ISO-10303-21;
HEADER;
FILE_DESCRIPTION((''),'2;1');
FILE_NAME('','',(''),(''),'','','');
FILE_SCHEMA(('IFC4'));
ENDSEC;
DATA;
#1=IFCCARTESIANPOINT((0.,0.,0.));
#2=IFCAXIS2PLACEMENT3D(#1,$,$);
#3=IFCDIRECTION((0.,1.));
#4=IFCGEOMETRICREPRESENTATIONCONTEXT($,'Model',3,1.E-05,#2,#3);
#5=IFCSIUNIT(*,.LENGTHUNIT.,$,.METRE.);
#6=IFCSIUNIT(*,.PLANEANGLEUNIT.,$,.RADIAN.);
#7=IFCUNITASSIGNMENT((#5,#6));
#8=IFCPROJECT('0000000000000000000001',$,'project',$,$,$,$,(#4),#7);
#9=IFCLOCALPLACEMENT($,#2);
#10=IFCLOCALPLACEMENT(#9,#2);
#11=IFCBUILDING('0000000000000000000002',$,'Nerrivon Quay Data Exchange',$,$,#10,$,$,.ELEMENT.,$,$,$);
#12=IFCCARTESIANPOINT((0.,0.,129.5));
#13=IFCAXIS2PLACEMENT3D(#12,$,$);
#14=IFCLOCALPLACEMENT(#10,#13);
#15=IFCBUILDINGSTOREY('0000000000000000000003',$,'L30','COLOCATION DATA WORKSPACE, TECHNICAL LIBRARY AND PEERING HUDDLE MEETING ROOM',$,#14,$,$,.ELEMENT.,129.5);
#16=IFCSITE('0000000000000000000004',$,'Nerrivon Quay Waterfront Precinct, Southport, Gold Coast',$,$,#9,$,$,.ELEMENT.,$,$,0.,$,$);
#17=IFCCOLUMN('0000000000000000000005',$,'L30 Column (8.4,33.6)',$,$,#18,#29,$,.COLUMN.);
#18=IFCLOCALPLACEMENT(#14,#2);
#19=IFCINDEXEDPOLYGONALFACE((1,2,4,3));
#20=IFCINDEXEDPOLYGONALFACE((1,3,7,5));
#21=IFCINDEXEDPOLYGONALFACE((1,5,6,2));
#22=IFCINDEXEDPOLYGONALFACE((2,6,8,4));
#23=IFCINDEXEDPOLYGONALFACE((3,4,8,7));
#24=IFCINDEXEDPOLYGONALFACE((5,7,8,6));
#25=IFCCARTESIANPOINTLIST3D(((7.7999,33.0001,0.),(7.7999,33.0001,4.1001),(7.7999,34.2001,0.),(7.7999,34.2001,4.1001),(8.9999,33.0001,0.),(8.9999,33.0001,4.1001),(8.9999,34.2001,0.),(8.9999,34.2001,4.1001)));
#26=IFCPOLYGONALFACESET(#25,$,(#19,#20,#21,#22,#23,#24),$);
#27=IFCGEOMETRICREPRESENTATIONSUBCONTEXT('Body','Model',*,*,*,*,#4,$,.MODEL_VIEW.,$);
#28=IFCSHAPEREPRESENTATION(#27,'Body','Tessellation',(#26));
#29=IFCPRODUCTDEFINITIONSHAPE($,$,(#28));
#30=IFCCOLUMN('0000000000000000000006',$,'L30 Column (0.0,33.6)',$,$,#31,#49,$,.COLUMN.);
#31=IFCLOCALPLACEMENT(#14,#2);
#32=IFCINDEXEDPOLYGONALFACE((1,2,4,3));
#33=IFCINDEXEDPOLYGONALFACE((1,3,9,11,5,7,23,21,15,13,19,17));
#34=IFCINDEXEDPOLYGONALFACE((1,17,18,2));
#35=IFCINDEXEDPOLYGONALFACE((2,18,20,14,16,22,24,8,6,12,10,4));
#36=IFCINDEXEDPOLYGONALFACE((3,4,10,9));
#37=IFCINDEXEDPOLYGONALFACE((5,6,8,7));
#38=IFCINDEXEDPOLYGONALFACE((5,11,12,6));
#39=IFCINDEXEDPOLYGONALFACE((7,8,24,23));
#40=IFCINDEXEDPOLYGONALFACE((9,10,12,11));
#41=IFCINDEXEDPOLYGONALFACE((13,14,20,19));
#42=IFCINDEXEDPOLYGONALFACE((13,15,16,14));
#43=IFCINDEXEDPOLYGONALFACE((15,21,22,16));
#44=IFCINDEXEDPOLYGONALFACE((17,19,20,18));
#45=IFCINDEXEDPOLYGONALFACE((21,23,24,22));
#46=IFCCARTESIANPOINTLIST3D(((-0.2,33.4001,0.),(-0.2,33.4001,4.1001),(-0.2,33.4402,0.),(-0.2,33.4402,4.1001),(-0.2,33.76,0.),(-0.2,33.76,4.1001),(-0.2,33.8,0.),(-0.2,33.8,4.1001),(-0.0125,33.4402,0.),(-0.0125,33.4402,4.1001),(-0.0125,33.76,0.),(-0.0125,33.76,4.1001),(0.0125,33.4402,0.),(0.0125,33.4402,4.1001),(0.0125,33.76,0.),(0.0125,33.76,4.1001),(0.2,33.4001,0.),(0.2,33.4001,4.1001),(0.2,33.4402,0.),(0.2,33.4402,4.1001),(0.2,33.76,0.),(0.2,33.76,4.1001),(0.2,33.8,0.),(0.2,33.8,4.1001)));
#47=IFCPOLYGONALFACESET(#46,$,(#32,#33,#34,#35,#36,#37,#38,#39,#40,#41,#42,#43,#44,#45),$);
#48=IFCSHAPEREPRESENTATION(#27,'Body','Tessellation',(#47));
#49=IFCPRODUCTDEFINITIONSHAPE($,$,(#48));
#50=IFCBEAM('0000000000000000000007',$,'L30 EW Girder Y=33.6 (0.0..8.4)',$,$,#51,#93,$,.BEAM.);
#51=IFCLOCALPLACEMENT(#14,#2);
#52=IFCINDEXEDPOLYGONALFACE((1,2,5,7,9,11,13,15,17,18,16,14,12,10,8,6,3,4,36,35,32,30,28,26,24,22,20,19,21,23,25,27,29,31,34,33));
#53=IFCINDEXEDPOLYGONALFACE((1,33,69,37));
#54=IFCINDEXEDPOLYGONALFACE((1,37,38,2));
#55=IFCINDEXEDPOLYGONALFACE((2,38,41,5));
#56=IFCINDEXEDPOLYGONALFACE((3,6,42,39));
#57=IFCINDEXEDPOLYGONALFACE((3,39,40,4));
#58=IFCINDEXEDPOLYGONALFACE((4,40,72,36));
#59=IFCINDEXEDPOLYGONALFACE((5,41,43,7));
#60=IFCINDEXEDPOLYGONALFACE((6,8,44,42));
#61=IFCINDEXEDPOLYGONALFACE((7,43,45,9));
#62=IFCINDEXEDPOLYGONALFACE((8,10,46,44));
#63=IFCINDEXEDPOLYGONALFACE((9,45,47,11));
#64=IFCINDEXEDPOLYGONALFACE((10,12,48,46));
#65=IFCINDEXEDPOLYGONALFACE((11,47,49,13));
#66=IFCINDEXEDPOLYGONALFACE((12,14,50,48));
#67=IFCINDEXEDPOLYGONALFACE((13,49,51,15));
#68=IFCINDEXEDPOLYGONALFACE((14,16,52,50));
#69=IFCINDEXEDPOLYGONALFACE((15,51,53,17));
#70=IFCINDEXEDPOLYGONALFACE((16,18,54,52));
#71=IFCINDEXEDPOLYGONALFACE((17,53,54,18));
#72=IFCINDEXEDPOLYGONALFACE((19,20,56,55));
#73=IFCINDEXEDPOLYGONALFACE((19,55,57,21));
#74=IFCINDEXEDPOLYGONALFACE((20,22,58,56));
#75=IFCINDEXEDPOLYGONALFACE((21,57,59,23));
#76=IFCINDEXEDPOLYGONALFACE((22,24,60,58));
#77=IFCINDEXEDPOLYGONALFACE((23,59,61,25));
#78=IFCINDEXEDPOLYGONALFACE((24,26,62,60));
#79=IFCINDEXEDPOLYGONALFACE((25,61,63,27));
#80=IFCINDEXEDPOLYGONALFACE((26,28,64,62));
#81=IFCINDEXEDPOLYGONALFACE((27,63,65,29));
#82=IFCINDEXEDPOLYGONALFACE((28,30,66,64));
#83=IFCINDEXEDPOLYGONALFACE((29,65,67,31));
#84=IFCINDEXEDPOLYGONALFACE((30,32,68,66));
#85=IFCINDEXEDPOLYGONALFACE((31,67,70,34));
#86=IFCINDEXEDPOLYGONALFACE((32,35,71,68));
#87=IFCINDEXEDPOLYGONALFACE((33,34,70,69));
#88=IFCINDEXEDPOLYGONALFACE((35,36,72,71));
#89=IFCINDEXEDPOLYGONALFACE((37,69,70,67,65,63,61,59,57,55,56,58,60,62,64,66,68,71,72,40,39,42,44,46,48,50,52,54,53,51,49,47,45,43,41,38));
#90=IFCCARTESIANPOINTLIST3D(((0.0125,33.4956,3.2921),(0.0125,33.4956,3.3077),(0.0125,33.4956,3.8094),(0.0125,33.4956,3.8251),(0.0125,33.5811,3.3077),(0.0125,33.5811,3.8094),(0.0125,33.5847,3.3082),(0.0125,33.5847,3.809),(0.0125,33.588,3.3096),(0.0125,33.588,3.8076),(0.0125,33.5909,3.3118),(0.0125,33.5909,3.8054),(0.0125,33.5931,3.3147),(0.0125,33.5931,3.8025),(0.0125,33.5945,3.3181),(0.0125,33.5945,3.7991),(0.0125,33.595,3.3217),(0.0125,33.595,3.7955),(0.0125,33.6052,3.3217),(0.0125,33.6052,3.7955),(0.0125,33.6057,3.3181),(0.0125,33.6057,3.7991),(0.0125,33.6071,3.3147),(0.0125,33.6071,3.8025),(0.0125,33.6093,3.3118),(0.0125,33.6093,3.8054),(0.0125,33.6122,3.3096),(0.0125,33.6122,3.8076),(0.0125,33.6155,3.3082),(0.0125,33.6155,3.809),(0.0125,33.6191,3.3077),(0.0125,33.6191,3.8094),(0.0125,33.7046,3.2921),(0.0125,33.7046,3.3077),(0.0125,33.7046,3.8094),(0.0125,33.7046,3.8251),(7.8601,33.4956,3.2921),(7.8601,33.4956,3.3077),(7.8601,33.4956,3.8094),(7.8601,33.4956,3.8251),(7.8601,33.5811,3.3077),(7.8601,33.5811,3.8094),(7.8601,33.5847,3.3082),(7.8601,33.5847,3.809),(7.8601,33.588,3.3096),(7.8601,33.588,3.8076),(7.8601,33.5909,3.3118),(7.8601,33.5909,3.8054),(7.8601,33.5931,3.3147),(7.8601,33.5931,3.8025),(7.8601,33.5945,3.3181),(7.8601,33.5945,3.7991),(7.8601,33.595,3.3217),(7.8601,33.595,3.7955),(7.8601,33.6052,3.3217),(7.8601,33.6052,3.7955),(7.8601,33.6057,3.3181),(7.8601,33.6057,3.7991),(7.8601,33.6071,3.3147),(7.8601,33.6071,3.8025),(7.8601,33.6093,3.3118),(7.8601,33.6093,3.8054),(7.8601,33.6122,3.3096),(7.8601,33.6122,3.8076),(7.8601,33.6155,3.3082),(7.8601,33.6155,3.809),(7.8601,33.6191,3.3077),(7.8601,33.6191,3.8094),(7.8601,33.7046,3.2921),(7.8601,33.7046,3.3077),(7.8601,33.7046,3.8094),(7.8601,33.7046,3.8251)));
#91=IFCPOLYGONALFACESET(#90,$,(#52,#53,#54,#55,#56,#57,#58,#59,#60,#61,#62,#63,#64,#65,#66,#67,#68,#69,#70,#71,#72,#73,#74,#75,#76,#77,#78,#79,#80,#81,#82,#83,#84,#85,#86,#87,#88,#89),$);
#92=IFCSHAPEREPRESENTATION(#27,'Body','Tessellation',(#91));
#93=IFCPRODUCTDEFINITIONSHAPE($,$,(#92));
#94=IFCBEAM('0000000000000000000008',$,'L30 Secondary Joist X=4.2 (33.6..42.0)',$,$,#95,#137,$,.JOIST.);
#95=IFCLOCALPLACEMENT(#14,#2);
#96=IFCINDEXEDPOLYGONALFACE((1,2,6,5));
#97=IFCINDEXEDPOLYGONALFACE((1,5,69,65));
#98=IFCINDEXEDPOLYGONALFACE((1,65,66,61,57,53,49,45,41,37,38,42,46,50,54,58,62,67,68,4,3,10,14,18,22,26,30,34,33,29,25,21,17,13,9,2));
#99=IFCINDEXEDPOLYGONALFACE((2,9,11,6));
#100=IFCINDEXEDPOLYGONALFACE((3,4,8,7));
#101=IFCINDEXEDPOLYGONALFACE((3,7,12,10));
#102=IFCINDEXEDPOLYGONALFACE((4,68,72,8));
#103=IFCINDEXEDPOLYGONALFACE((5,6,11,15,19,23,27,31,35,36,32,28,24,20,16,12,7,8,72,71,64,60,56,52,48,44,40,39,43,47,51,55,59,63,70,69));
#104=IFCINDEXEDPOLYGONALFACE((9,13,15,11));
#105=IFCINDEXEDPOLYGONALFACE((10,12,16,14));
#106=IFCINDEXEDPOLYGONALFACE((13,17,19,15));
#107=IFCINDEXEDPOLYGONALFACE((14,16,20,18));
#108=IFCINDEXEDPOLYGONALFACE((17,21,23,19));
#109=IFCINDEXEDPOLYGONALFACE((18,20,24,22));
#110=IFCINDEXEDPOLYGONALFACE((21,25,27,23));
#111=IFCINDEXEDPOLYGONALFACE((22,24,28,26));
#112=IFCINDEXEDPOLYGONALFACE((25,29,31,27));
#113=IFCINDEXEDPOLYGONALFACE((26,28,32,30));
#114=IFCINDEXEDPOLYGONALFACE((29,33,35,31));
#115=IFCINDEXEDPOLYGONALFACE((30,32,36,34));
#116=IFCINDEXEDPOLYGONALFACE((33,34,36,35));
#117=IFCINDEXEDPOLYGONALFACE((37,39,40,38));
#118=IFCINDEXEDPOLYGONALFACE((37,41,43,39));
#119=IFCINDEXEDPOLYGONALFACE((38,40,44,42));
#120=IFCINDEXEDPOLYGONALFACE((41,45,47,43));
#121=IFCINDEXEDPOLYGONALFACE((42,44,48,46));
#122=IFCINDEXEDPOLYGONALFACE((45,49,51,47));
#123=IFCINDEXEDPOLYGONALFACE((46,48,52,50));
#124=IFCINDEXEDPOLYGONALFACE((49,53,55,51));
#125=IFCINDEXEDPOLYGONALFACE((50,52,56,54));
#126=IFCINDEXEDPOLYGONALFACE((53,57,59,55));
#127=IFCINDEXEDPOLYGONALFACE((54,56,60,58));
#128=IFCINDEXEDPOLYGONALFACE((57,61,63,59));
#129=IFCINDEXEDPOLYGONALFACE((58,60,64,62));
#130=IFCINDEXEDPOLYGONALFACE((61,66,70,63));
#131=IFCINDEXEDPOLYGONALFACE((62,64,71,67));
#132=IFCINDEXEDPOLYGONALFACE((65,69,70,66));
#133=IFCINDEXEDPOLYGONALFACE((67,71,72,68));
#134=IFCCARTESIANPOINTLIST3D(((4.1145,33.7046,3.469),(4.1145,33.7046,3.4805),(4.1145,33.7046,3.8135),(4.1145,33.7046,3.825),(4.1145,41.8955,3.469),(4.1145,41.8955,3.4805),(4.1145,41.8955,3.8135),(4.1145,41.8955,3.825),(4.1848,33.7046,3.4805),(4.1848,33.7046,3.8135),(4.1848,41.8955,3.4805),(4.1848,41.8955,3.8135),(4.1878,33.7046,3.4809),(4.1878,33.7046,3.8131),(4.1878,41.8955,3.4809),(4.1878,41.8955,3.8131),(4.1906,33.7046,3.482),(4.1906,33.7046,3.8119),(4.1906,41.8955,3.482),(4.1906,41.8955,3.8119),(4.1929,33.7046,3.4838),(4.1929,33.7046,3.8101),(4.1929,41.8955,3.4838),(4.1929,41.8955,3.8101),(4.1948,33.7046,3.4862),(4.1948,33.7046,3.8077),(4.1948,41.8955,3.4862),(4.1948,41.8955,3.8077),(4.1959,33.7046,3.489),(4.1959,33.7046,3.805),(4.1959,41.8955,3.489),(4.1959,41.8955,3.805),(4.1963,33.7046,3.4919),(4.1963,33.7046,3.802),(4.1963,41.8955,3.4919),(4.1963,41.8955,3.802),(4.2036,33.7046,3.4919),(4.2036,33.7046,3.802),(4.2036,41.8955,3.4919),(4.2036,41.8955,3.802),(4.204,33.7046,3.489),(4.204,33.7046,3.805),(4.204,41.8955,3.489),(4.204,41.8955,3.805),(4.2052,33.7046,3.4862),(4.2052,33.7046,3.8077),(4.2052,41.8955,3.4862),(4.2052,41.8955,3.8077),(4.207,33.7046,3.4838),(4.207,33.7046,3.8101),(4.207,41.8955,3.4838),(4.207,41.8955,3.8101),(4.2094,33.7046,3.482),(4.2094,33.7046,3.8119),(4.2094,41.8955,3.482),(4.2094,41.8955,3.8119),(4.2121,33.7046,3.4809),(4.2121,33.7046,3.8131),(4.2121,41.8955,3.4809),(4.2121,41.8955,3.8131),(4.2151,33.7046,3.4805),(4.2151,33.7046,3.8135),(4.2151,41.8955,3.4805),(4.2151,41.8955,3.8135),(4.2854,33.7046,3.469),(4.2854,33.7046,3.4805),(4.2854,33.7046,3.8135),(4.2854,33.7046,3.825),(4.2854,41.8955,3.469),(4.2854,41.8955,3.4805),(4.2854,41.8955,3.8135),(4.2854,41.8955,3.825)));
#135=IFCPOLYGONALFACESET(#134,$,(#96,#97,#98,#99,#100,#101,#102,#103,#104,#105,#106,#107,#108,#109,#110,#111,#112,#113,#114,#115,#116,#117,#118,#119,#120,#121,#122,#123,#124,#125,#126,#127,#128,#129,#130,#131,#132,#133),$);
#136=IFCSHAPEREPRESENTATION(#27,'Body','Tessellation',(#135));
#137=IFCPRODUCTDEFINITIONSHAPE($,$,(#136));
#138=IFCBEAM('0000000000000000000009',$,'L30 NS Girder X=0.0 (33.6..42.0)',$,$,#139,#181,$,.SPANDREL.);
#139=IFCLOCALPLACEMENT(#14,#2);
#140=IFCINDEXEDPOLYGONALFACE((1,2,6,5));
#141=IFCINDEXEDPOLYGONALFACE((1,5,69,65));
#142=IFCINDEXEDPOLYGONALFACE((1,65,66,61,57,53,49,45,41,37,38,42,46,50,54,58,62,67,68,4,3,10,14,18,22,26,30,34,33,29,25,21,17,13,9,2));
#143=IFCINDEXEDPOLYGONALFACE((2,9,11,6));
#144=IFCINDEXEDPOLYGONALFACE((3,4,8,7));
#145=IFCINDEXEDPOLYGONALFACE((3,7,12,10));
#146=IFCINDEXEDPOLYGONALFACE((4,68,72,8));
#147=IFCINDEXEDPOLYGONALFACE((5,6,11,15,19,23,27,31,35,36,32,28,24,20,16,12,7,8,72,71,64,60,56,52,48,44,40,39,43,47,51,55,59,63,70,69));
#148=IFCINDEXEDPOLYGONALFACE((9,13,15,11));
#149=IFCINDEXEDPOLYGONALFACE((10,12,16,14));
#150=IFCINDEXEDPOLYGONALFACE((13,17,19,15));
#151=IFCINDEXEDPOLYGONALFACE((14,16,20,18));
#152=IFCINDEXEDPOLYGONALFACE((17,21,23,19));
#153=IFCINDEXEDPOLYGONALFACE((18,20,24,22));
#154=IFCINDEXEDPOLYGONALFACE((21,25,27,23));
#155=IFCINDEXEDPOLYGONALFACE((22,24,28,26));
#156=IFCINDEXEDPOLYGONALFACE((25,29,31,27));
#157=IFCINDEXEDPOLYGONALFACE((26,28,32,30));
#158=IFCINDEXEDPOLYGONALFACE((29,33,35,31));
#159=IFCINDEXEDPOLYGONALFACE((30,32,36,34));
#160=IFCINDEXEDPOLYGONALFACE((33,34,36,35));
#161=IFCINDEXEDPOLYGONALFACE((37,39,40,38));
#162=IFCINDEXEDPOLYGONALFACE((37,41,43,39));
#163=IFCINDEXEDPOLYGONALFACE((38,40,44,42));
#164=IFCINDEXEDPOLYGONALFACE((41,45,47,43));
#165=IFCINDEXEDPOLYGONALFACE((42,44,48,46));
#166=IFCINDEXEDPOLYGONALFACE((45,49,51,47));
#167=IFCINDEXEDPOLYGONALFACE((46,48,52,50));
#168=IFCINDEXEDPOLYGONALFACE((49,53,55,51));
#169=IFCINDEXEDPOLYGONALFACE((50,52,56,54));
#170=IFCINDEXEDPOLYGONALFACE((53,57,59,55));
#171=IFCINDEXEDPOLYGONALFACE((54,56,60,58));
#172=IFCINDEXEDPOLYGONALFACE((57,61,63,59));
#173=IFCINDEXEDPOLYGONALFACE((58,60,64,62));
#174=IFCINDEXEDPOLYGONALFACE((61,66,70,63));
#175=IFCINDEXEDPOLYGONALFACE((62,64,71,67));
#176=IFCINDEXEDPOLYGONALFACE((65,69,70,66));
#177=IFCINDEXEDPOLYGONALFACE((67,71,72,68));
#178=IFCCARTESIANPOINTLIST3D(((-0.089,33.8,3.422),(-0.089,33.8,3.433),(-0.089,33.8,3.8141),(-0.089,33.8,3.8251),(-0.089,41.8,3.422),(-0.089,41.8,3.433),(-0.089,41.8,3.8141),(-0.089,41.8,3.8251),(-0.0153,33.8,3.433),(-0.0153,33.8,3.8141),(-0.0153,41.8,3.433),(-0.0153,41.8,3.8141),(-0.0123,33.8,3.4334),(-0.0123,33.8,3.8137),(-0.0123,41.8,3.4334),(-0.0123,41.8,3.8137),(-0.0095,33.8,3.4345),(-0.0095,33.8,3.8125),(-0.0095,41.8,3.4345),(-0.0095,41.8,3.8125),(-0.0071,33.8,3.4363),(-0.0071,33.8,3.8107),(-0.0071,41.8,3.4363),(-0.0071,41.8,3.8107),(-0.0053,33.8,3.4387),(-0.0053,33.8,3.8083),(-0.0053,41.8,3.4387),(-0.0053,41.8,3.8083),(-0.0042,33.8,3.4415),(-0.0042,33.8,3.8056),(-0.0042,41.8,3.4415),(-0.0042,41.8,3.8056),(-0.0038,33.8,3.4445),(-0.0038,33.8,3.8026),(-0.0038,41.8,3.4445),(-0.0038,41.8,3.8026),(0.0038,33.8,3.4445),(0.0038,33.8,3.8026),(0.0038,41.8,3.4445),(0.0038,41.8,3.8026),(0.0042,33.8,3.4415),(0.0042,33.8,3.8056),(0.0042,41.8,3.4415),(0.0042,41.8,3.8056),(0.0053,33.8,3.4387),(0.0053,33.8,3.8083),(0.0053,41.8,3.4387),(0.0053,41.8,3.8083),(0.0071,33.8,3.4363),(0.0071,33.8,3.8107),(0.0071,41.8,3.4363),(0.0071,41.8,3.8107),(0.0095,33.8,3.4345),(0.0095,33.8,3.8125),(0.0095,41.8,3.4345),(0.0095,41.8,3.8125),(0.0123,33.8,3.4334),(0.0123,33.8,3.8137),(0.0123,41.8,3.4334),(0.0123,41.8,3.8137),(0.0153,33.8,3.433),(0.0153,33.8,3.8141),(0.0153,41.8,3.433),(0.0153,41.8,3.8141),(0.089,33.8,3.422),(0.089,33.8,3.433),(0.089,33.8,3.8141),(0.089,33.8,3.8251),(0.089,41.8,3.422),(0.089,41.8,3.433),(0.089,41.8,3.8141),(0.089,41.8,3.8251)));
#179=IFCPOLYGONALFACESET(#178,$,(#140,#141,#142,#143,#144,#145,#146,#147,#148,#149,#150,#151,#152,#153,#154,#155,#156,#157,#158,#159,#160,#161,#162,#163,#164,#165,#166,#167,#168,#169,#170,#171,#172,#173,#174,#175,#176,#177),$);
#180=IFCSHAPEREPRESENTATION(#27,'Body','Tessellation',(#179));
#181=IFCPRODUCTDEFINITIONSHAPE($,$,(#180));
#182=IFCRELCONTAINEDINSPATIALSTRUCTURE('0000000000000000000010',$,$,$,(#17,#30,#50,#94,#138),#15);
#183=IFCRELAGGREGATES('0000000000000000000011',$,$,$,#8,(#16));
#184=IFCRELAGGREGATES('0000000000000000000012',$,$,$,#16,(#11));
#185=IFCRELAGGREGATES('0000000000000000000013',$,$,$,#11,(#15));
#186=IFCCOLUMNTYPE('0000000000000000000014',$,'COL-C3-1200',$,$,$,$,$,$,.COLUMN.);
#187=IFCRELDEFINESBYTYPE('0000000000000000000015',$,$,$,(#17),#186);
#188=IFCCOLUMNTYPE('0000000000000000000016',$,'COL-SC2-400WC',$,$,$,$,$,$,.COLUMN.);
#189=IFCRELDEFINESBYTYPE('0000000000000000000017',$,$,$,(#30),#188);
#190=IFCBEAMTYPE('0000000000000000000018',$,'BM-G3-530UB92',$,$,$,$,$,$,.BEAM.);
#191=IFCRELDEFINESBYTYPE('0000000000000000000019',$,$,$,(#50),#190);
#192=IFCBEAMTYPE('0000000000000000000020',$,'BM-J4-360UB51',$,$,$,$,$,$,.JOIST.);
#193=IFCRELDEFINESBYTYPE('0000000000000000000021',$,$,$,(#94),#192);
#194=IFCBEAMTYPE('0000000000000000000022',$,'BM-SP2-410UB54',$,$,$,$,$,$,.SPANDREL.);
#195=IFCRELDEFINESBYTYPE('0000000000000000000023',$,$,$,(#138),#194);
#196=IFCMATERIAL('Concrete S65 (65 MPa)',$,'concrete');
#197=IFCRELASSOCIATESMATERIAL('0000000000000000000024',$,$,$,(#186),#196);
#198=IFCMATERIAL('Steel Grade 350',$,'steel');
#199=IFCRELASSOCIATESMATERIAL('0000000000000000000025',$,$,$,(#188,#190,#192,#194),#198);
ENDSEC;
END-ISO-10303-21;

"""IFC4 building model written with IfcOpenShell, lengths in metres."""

from ifc_helpers import new_model, si_unit, direction, frame, origin, origin_2d, place, context, subcontext, project, spatial, rectangle, i_section, extrude, material, material_profile, profile_set, type_object, element, save


model = new_model("IFC4")

# Units and contexts
model_context = context("Model", 3, precision=1e-05, world=origin(), true_north=direction((0.0, 1.0)))
body_context = subcontext(model_context, "Body", "Model", "MODEL_VIEW")
ifc_project = project(units=[si_unit("LENGTHUNIT", "METRE"), si_unit("PLANEANGLEUNIT", "RADIAN")], contexts=[model_context])

# Site, building, storey
site_placement = place(None, origin())
site = spatial("IfcSite", under=ifc_project, at=site_placement, Name="Nerrivon Quay Waterfront Precinct, Southport, Gold Coast", CompositionType="ELEMENT", RefElevation=0.0)
building_placement = place(site_placement, origin())
building = spatial("IfcBuilding", under=site, at=building_placement, Name="Nerrivon Quay Data Exchange", CompositionType="ELEMENT")
storey_placement = place(building_placement, frame((0.0, 0.0, 129.5)))
storey = spatial("IfcBuildingStorey", under=building, at=storey_placement, Name="L30", Description="COLOCATION DATA WORKSPACE, TECHNICAL LIBRARY AND PEERING HUDDLE MEETING ROOM", CompositionType="ELEMENT", Elevation=129.5)

# Columns
ifc_material_1 = material(Name="Concrete S65 (65 MPa)", Category="concrete")
ifc_material_profile_1 = material_profile(ifc_material_1, rectangle(XDim=1.2, YDim=1.2, at=origin_2d()), Name="RC-COL-1200x1200")
ifc_profile_set_1 = profile_set([ifc_material_profile_1], Name="Concrete S65 (65 MPa)")
column_type_1 = type_object("IfcColumnType", Name="COL-C3-1200", PredefinedType="COLUMN", material=ifc_profile_set_1)
column_1_placement = place(storey_placement, frame((8.3999, 33.6001, 0.0), z_axis=(0.0, 0.0, 1.0), x_axis=(1.0, 0.0, 0.0)))
element("IfcColumn", 1, at=column_1_placement, inside=storey, type_object=column_type_1, Name="L30 Column (8.4,33.6)", PredefinedType="COLUMN", context=body_context, shape_type="SweptSolid", body=[
    extrude(rectangle(XDim=1.2, YDim=1.2, at=origin_2d()), origin(), (0.0, 0.0, 1.0), 4.1001),
])
ifc_material_2 = material(Name="Steel Grade 350", Category="steel")
ifc_material_profile_2 = material_profile(ifc_material_2, i_section(OverallWidth=0.3999, OverallDepth=0.3999, WebThickness=0.0249, FlangeThickness=0.04, at=origin_2d()), Name="400WC328")
ifc_profile_set_2 = profile_set([ifc_material_profile_2], Name="Steel Grade 350")
column_type_2 = type_object("IfcColumnType", Name="COL-SC2-400WC", PredefinedType="COLUMN", material=ifc_profile_set_2)
column_2_placement = place(storey_placement, frame((0.0, 33.6001, 0.0), z_axis=(0.0, 0.0, 1.0), x_axis=(1.0, 0.0, 0.0)))
element("IfcColumn", 2, at=column_2_placement, inside=storey, type_object=column_type_2, Name="L30 Column (0.0,33.6)", PredefinedType="COLUMN", context=body_context, shape_type="SweptSolid", body=[
    extrude(i_section(OverallWidth=0.3999, OverallDepth=0.3999, WebThickness=0.0249, FlangeThickness=0.04, at=origin_2d()), origin(), (0.0, 0.0, 1.0), 4.1001),
])

# Beams
ifc_material_profile_3 = material_profile(ifc_material_2, i_section(OverallWidth=0.209, OverallDepth=0.533, WebThickness=0.0103, FlangeThickness=0.0156, FilletRadius=0.0139, at=origin_2d()), Name="530UB92.4")
ifc_profile_set_3 = profile_set([ifc_material_profile_3], Name="Steel Grade 350")
beam_type_1 = type_object("IfcBeamType", Name="BM-G3-530UB92", PredefinedType="BEAM", material=ifc_profile_set_3)
beam_1_placement = place(storey_placement, frame((0.0125, 33.6001, 3.5586), z_axis=(1.0, 0.0, 0.0), x_axis=(0.0, 1.0, 0.0)))
element("IfcBeam", 3, at=beam_1_placement, inside=storey, type_object=beam_type_1, Name="L30 EW Girder Y=33.6 (0.0..8.4)", PredefinedType="BEAM", context=body_context, shape_type="SweptSolid", body=[
    extrude(i_section(OverallWidth=0.209, OverallDepth=0.533, WebThickness=0.0103, FlangeThickness=0.0156, FilletRadius=0.0139, at=origin_2d()), origin(), (0.0, 0.0, 1.0), 7.8477),
])
ifc_material_profile_4 = material_profile(ifc_material_2, i_section(OverallWidth=0.1709, OverallDepth=0.356, WebThickness=0.0073, FlangeThickness=0.0115, FilletRadius=0.0115, at=origin_2d()), Name="360UB50.7")
ifc_profile_set_4 = profile_set([ifc_material_profile_4], Name="Steel Grade 350")
beam_type_2 = type_object("IfcBeamType", Name="BM-J4-360UB51", PredefinedType="JOIST", material=ifc_profile_set_4)
beam_2_placement = place(storey_placement, frame((4.2, 33.7046, 3.647), z_axis=(0.0, 1.0, 0.0), x_axis=(-1.0, 0.0, 0.0)))
element("IfcBeam", 4, at=beam_2_placement, inside=storey, type_object=beam_type_2, Name="L30 Secondary Joist X=4.2 (33.6..42.0)", PredefinedType="JOIST", context=body_context, shape_type="SweptSolid", body=[
    extrude(i_section(OverallWidth=0.1709, OverallDepth=0.356, WebThickness=0.0073, FlangeThickness=0.0115, FilletRadius=0.0115, at=origin_2d()), origin(), (0.0, 0.0, 1.0), 8.1909),
])
ifc_material_profile_5 = material_profile(ifc_material_2, i_section(OverallWidth=0.178, OverallDepth=0.4031, WebThickness=0.0076, FlangeThickness=0.011, FilletRadius=0.0115, at=origin_2d()), Name="410UB53.7")
ifc_profile_set_5 = profile_set([ifc_material_profile_5], Name="Steel Grade 350")
beam_type_3 = type_object("IfcBeamType", Name="BM-SP2-410UB54", PredefinedType="SPANDREL", material=ifc_profile_set_5)
beam_3_placement = place(storey_placement, frame((0.0, 33.8, 3.6235), z_axis=(0.0, 1.0, 0.0), x_axis=(-1.0, 0.0, 0.0)))
element("IfcBeam", 5, at=beam_3_placement, inside=storey, type_object=beam_type_3, Name="L30 NS Girder X=0.0 (33.6..42.0)", PredefinedType="SPANDREL", context=body_context, shape_type="SweptSolid", body=[
    extrude(i_section(OverallWidth=0.178, OverallDepth=0.4031, WebThickness=0.0076, FlangeThickness=0.011, FilletRadius=0.0115, at=origin_2d()), origin(), (0.0, 0.0, 1.0), 8.0),
])

save(model, "model.ifc")
